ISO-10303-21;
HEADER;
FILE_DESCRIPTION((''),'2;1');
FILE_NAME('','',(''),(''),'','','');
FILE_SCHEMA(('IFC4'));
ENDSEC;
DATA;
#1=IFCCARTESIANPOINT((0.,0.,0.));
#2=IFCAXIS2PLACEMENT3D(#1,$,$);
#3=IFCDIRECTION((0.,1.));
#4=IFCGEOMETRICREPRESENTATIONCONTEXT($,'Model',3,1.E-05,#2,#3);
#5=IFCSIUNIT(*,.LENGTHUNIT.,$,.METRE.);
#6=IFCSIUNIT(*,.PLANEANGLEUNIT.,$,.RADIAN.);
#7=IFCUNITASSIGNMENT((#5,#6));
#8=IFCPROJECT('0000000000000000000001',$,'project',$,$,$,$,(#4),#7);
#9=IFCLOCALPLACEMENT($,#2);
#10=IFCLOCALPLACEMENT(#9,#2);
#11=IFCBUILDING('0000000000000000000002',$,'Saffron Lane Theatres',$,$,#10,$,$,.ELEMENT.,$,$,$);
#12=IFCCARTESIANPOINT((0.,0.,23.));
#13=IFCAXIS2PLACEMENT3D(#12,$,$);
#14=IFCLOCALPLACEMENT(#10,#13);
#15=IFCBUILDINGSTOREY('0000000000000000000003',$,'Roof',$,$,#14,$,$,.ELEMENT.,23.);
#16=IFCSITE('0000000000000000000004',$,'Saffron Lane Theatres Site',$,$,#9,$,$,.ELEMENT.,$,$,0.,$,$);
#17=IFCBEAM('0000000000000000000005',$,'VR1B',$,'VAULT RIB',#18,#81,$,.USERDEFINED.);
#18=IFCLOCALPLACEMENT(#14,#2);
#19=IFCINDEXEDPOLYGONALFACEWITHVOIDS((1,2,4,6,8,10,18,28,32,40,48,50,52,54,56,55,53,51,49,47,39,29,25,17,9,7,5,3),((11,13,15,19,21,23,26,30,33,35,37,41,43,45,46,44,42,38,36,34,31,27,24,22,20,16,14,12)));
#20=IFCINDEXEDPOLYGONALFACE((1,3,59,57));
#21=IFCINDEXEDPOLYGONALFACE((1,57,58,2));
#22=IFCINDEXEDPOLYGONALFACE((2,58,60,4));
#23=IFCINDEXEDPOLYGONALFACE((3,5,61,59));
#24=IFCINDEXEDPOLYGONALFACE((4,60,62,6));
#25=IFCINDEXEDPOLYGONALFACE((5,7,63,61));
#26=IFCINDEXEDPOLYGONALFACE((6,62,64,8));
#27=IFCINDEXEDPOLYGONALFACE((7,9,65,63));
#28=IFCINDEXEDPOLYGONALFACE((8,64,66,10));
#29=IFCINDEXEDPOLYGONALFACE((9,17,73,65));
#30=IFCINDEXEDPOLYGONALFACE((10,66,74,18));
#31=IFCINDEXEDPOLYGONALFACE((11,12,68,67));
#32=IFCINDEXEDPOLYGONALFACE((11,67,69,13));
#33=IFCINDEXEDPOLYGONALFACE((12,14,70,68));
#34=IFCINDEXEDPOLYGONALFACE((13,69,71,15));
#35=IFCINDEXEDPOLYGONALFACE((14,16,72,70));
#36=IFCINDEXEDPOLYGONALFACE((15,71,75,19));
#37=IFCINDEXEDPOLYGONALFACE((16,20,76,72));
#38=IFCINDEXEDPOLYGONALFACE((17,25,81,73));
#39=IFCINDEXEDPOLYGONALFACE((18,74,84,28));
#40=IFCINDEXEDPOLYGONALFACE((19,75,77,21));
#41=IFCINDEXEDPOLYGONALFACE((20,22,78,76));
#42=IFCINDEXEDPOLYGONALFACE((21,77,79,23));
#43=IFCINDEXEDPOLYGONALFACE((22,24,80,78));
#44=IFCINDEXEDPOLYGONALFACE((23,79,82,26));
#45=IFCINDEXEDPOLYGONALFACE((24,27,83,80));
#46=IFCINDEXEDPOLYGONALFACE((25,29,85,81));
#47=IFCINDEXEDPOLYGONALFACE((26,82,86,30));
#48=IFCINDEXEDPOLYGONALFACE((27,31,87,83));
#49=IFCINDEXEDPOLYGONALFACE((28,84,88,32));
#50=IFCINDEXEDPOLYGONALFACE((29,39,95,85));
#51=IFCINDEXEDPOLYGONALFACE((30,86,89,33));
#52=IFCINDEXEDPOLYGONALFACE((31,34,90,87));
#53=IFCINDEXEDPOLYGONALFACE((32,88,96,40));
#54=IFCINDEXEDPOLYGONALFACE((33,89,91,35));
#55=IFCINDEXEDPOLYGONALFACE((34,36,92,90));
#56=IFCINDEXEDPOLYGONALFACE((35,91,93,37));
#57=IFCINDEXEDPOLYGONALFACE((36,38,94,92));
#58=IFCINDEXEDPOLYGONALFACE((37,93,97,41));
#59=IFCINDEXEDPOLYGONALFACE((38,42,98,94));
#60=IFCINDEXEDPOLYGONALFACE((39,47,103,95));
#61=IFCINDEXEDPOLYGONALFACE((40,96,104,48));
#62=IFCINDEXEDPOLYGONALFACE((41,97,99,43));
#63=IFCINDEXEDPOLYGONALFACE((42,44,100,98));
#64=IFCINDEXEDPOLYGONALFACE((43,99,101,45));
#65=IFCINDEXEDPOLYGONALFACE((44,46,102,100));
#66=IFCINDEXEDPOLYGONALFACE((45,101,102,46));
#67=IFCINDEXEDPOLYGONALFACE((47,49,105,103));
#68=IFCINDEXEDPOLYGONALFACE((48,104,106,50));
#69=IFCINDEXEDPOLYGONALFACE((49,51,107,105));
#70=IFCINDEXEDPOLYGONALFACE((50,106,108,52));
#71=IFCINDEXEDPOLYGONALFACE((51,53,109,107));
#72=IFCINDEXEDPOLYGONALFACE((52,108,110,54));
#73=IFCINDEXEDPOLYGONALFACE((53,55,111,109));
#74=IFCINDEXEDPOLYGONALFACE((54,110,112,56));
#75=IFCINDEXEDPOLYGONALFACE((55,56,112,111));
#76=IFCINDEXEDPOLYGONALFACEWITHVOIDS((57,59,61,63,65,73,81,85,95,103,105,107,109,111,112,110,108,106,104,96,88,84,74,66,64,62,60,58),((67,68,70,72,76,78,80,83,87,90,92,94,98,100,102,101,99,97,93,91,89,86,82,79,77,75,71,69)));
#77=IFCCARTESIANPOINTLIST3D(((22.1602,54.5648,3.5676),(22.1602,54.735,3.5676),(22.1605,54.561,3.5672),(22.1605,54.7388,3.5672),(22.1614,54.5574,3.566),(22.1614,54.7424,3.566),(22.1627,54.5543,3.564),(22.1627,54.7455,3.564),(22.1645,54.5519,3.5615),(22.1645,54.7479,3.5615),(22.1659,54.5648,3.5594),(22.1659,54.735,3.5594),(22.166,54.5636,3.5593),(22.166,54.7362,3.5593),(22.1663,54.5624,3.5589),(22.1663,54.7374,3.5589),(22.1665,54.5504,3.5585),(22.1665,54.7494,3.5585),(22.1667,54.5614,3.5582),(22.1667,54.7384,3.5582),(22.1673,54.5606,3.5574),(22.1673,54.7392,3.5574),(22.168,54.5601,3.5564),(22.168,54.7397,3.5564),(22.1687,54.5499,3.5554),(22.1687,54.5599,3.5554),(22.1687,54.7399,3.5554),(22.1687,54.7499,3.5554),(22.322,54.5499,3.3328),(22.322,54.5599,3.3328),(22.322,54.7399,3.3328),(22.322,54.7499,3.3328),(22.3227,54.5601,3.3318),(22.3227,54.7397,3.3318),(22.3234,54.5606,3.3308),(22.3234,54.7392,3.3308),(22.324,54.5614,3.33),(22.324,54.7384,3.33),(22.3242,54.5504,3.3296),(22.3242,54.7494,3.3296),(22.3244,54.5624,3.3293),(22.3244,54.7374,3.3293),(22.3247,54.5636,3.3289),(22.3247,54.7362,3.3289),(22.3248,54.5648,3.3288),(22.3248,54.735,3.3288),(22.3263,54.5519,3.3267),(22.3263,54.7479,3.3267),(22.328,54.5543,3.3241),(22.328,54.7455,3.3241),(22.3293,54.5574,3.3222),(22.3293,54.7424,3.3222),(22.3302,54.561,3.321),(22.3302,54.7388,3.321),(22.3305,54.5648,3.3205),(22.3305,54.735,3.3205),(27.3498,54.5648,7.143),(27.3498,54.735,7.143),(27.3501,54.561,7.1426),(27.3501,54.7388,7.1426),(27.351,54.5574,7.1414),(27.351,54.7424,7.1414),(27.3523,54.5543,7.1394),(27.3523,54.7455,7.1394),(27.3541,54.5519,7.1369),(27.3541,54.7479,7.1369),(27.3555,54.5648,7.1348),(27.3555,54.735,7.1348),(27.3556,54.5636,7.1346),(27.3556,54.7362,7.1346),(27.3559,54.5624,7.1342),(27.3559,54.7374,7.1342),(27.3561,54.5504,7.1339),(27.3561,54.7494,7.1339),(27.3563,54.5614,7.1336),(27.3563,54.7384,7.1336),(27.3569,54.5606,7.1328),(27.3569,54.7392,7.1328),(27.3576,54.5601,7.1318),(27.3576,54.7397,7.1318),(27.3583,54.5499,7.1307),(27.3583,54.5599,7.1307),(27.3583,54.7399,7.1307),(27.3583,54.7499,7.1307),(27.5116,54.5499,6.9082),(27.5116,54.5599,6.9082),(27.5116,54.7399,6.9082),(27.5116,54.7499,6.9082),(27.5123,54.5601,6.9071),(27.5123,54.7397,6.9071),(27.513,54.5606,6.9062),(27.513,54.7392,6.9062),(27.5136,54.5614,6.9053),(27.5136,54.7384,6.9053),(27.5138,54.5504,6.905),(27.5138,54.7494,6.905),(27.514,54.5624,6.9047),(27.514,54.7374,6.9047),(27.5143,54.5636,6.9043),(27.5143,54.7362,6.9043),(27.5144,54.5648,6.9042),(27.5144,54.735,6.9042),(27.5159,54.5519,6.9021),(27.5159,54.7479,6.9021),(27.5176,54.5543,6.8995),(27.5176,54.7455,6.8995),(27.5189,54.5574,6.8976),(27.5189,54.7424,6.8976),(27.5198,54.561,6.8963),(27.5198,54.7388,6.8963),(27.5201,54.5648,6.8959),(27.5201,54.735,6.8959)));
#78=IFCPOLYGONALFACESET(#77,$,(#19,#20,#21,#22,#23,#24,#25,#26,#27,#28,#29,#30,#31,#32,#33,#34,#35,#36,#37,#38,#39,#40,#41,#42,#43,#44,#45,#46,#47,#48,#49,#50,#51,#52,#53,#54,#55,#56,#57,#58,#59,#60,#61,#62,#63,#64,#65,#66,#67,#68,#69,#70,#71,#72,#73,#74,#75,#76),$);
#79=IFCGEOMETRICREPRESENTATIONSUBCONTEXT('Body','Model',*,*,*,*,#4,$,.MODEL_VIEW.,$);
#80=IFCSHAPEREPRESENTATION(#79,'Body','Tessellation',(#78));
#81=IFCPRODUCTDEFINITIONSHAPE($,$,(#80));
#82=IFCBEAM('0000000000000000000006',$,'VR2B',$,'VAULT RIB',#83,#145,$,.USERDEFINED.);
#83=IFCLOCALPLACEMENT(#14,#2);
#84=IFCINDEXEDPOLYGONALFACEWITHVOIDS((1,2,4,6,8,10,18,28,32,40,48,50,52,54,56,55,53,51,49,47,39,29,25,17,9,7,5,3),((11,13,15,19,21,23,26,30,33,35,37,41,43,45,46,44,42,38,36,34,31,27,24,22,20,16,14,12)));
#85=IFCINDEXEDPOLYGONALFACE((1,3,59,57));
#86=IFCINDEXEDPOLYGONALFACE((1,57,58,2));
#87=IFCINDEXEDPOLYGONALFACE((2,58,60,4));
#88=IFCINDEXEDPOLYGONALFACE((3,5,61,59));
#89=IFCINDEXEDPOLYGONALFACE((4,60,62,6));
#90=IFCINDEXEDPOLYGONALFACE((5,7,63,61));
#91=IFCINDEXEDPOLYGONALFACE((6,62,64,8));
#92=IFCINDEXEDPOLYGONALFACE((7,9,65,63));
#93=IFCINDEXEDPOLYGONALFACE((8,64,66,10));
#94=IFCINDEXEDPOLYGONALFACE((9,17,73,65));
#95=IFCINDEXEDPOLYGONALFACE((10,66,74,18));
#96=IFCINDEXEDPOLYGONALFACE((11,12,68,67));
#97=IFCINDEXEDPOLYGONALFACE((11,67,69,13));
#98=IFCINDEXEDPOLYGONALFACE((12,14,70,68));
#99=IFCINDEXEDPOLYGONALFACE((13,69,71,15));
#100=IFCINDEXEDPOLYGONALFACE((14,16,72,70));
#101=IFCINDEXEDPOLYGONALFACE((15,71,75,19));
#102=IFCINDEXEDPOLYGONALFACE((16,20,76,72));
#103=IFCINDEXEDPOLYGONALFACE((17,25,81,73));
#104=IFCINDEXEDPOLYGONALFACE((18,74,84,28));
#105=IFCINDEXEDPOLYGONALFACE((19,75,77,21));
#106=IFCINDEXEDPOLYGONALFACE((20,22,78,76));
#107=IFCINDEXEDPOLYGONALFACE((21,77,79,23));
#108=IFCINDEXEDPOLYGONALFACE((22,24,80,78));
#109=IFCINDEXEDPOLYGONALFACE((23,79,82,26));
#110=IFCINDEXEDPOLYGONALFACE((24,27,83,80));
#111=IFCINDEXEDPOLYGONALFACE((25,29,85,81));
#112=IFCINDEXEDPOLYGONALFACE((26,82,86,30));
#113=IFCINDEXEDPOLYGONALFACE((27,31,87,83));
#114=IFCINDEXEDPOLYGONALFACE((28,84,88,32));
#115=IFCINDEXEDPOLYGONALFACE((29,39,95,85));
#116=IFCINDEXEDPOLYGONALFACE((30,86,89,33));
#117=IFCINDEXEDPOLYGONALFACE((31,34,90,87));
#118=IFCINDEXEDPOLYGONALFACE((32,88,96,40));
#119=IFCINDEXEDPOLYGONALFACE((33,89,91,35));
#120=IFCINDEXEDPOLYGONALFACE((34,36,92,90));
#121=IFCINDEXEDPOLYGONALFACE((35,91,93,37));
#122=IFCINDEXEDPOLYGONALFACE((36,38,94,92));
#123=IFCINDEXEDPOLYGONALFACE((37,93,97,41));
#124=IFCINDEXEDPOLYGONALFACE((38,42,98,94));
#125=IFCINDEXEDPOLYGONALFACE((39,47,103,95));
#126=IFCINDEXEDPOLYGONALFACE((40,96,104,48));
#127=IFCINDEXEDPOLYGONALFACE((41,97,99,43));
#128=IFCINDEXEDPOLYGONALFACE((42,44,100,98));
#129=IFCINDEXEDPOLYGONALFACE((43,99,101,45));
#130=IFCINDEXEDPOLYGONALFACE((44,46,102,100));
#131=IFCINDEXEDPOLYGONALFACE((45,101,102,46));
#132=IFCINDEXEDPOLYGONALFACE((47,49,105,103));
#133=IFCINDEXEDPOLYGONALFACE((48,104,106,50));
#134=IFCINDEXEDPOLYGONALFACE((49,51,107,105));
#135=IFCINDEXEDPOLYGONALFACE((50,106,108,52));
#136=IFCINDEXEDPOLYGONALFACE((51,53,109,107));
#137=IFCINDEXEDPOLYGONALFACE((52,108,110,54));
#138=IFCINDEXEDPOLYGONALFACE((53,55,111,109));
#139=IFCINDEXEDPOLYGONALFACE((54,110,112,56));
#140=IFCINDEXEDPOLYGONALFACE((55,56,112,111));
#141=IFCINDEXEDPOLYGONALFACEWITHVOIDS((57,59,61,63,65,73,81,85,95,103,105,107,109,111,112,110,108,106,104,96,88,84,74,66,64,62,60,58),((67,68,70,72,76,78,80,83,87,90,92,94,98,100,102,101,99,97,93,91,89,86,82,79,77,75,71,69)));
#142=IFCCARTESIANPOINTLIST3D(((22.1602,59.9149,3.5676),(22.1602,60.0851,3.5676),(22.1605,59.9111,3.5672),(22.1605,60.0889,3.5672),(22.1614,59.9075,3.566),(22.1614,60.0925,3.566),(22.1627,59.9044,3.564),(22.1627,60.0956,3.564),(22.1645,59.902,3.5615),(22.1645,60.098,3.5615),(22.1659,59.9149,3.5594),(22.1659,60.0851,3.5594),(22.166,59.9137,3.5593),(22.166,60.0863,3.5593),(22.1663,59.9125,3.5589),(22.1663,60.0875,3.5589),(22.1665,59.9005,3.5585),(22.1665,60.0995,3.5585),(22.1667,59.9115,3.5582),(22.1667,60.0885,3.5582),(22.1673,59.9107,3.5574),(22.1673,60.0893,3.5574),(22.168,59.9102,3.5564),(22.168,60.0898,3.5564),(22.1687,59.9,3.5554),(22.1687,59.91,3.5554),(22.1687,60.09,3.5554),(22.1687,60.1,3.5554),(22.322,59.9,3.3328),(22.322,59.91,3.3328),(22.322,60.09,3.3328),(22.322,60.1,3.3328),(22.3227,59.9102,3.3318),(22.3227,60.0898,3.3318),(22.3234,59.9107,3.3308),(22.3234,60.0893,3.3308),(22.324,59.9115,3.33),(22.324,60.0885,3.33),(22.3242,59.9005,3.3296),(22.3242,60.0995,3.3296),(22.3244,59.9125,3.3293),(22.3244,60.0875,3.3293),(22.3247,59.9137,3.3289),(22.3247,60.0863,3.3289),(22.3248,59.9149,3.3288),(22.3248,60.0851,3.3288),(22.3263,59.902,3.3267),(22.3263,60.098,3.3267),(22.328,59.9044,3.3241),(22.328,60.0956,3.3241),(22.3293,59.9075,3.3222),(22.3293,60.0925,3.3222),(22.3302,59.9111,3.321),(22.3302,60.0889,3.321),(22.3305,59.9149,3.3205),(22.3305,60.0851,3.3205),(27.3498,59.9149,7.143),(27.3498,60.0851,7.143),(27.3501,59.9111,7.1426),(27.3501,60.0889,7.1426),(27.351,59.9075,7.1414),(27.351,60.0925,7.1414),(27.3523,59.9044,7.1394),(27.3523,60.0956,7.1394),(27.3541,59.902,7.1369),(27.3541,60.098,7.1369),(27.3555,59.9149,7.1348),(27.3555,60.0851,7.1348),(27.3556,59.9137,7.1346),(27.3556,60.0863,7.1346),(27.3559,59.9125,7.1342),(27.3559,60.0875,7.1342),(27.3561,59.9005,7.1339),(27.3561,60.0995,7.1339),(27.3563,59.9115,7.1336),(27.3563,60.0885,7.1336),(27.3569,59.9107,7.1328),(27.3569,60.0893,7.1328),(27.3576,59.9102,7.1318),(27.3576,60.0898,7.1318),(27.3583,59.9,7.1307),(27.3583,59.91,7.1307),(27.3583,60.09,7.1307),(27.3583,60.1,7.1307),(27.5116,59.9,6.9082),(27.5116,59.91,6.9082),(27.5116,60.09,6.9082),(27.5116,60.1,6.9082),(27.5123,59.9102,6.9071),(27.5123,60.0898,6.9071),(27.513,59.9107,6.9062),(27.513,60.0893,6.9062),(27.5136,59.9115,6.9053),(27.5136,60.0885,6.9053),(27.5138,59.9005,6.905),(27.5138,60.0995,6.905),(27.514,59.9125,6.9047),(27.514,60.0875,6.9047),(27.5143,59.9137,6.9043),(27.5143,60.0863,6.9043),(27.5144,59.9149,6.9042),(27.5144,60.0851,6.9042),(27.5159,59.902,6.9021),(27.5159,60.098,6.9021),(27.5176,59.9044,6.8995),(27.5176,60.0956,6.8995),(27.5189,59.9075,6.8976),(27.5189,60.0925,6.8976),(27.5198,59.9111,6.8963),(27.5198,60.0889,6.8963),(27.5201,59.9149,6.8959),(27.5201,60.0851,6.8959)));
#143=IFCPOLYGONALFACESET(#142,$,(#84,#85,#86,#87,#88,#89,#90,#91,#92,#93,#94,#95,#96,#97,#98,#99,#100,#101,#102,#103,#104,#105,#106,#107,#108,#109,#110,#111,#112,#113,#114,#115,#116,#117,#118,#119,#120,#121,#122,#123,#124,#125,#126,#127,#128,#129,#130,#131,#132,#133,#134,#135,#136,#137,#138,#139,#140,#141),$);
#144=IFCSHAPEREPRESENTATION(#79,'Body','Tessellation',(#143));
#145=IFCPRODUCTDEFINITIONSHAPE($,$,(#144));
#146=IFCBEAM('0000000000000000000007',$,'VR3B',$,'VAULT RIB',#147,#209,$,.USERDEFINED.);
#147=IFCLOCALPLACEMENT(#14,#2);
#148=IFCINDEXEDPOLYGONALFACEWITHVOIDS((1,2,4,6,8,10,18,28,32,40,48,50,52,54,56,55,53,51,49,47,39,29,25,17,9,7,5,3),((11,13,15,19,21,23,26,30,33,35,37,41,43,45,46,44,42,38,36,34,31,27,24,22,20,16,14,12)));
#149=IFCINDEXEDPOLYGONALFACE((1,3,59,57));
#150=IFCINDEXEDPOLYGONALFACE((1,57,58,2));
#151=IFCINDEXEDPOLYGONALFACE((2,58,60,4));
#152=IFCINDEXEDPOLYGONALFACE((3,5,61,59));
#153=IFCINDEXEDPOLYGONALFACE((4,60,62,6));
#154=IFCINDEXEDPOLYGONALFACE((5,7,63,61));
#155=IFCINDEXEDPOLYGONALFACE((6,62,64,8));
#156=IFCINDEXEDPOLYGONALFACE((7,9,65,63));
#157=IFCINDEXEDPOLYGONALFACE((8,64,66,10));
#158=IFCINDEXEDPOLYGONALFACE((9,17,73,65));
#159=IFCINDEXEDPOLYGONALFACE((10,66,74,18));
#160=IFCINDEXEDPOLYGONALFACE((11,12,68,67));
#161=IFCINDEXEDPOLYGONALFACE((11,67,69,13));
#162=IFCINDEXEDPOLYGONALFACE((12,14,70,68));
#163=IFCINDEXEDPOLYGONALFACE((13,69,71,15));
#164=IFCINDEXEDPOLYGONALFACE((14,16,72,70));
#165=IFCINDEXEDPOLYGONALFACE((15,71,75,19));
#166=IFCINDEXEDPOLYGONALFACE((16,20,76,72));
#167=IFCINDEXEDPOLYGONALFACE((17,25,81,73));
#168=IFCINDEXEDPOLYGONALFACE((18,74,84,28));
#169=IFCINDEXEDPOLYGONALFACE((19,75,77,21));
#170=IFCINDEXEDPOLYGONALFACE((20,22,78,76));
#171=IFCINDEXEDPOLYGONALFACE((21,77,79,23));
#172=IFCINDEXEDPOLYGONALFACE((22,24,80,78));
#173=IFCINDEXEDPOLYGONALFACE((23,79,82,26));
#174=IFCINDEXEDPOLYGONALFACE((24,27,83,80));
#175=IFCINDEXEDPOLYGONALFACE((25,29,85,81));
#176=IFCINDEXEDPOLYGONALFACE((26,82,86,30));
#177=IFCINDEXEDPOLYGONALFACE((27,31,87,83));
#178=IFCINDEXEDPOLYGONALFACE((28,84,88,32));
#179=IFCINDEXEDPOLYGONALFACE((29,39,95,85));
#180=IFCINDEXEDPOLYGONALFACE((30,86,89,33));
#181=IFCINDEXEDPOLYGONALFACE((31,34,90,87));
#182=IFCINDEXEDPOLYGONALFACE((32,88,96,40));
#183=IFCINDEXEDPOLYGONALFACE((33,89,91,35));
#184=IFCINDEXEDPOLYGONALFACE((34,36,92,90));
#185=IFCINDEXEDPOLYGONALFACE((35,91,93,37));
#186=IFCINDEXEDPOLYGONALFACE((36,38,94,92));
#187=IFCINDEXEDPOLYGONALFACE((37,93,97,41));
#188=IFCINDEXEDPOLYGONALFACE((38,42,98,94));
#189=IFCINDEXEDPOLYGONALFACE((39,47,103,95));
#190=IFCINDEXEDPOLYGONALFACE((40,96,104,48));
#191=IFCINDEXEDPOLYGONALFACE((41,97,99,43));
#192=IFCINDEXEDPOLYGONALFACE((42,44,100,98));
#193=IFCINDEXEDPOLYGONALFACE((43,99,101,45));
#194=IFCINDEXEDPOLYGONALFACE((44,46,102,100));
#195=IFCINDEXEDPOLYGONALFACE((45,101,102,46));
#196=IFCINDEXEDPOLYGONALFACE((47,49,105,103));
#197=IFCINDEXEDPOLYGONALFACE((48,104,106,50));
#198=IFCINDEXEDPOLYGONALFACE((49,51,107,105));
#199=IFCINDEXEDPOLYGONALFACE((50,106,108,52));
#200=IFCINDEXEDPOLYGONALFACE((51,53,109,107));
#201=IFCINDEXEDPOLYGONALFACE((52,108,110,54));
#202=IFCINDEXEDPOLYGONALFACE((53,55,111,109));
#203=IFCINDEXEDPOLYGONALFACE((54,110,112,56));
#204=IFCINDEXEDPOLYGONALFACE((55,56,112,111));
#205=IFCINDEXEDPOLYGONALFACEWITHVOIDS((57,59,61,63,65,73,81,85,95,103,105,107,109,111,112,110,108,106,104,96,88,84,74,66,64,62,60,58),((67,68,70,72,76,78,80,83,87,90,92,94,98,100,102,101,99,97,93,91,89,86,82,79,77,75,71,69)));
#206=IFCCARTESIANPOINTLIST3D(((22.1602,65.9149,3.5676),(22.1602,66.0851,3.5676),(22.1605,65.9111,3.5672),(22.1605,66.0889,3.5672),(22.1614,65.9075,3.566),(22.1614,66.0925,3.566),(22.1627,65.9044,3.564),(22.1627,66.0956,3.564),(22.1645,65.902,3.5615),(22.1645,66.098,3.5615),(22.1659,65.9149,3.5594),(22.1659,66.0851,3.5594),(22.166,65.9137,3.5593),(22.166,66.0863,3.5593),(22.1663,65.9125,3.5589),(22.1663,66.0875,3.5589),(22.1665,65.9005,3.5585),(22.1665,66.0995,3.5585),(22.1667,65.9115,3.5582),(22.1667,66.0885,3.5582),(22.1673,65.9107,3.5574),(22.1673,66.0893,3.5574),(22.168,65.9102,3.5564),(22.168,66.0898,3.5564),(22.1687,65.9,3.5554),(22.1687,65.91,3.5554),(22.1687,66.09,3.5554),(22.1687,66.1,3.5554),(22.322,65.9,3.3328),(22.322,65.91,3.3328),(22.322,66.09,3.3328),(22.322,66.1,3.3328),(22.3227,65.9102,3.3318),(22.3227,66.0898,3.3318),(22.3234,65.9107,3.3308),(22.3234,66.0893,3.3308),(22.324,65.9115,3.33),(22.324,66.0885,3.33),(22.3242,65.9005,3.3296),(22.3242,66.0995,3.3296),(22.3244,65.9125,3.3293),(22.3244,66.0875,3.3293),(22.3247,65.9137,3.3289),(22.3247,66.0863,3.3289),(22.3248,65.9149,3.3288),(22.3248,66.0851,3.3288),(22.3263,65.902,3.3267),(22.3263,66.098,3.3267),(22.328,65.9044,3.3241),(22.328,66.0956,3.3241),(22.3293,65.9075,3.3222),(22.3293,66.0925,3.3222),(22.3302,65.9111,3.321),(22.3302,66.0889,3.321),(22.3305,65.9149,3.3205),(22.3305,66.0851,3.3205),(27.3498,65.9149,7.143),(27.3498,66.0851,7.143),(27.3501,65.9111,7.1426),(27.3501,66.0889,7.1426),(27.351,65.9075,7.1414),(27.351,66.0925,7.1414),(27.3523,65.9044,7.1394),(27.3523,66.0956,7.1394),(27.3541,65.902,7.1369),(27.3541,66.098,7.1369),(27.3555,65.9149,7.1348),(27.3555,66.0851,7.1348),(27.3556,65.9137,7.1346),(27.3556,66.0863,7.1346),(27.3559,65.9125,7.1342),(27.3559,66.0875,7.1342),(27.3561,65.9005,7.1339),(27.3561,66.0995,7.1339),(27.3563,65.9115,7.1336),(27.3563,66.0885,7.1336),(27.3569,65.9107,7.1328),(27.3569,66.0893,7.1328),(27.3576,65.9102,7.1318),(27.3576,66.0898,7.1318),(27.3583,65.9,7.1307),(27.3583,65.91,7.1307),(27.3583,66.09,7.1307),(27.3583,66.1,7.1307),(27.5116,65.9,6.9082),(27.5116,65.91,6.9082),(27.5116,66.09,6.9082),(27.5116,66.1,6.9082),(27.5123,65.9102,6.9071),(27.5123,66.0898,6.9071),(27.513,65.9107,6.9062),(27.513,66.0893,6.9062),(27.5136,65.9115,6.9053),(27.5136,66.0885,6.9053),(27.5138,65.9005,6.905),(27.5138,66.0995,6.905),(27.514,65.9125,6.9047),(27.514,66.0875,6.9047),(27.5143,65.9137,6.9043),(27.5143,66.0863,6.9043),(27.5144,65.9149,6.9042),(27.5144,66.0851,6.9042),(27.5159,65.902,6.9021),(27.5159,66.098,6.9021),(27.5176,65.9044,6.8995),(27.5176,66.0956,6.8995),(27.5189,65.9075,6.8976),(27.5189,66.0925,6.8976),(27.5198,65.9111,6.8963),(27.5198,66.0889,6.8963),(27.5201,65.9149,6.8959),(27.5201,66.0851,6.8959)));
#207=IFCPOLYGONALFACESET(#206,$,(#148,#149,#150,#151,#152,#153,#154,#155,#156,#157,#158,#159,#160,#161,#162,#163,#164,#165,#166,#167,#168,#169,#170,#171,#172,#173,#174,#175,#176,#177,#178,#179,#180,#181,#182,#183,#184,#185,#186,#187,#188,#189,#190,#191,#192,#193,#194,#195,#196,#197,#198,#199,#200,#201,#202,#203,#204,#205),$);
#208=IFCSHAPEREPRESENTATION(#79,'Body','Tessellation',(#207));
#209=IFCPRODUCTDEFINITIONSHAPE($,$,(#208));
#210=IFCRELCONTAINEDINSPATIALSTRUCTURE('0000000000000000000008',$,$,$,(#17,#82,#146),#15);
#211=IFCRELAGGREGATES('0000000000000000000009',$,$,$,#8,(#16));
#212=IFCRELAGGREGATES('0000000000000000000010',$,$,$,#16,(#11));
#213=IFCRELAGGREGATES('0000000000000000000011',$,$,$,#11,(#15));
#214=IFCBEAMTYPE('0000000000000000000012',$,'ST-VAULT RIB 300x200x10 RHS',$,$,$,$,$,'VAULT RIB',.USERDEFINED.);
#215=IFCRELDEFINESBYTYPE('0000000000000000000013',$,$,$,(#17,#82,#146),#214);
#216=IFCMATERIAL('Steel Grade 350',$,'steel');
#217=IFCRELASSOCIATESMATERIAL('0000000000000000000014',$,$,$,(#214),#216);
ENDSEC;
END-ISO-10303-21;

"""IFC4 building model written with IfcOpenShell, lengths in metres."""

from ifc_helpers import new_model, si_unit, direction, frame, origin, origin_2d, place, context, subcontext, project, spatial, hollow_rectangle, extrude, material, material_profile, profile_set, type_object, element, save


model = new_model("IFC4")

# Units and contexts
model_context = context("Model", 3, precision=1e-05, world=origin(), true_north=direction((0.0, 1.0)))
body_context = subcontext(model_context, "Body", "Model", "MODEL_VIEW")
ifc_project = project(units=[si_unit("LENGTHUNIT", "METRE"), si_unit("PLANEANGLEUNIT", "RADIAN")], contexts=[model_context])

# Site, building, storey
site_placement = place(None, origin())
site = spatial("IfcSite", under=ifc_project, at=site_placement, Name="Saffron Lane Theatres Site", CompositionType="ELEMENT", RefElevation=0.0)
building_placement = place(site_placement, origin())
building = spatial("IfcBuilding", under=site, at=building_placement, Name="Saffron Lane Theatres", CompositionType="ELEMENT")
storey_placement = place(building_placement, frame((0.0, 0.0, 23.0)))
storey = spatial("IfcBuildingStorey", under=building, at=storey_placement, Name="Roof", CompositionType="ELEMENT", Elevation=23.0)

# Beams
ifc_material_1 = material(Name="Steel Grade 350", Category="steel")
ifc_material_profile_1 = material_profile(ifc_material_1, hollow_rectangle(XDim=0.2, YDim=0.3, WallThickness=0.01, InnerFilletRadius=0.0049, OuterFilletRadius=0.0149, at=origin_2d()))
ifc_profile_set_1 = profile_set([ifc_material_profile_1], Name="Steel Grade 350")
beam_type = type_object("IfcBeamType", Name="ST-VAULT RIB 300x200x10 RHS", ElementType="VAULT RIB", PredefinedType="USERDEFINED", material=ifc_profile_set_1)
for number, where, z_axis, x_axis, name in (
    (1, (22.2454, 54.6499, 3.4441), (0.823484, 0.0, 0.567339), (0.0, 1.0, 0.0), "VR1B"),
    (2, (22.2454, 60.0, 3.4441), (0.823484, 0.0, 0.567339), (0.0, 1.0, 0.0), "VR2B"),
    (3, (22.2454, 66.0, 3.4441), (0.823484, 0.0, 0.567339), (0.0, 1.0, 0.0), "VR3B"),
):
    element("IfcBeam", number, at=place(storey_placement, frame(where, z_axis=z_axis, x_axis=x_axis)), inside=storey, type_object=beam_type, Name=name, ObjectType="VAULT RIB", PredefinedType="USERDEFINED", context=body_context, shape_type="SweptSolid", body=[
        extrude(hollow_rectangle(XDim=0.2, YDim=0.3, WallThickness=0.01, InnerFilletRadius=0.0049, OuterFilletRadius=0.0149, at=origin_2d()), origin(), (0.0, 0.0, 1.0), 6.302),
    ])

save(model, "model.ifc")
